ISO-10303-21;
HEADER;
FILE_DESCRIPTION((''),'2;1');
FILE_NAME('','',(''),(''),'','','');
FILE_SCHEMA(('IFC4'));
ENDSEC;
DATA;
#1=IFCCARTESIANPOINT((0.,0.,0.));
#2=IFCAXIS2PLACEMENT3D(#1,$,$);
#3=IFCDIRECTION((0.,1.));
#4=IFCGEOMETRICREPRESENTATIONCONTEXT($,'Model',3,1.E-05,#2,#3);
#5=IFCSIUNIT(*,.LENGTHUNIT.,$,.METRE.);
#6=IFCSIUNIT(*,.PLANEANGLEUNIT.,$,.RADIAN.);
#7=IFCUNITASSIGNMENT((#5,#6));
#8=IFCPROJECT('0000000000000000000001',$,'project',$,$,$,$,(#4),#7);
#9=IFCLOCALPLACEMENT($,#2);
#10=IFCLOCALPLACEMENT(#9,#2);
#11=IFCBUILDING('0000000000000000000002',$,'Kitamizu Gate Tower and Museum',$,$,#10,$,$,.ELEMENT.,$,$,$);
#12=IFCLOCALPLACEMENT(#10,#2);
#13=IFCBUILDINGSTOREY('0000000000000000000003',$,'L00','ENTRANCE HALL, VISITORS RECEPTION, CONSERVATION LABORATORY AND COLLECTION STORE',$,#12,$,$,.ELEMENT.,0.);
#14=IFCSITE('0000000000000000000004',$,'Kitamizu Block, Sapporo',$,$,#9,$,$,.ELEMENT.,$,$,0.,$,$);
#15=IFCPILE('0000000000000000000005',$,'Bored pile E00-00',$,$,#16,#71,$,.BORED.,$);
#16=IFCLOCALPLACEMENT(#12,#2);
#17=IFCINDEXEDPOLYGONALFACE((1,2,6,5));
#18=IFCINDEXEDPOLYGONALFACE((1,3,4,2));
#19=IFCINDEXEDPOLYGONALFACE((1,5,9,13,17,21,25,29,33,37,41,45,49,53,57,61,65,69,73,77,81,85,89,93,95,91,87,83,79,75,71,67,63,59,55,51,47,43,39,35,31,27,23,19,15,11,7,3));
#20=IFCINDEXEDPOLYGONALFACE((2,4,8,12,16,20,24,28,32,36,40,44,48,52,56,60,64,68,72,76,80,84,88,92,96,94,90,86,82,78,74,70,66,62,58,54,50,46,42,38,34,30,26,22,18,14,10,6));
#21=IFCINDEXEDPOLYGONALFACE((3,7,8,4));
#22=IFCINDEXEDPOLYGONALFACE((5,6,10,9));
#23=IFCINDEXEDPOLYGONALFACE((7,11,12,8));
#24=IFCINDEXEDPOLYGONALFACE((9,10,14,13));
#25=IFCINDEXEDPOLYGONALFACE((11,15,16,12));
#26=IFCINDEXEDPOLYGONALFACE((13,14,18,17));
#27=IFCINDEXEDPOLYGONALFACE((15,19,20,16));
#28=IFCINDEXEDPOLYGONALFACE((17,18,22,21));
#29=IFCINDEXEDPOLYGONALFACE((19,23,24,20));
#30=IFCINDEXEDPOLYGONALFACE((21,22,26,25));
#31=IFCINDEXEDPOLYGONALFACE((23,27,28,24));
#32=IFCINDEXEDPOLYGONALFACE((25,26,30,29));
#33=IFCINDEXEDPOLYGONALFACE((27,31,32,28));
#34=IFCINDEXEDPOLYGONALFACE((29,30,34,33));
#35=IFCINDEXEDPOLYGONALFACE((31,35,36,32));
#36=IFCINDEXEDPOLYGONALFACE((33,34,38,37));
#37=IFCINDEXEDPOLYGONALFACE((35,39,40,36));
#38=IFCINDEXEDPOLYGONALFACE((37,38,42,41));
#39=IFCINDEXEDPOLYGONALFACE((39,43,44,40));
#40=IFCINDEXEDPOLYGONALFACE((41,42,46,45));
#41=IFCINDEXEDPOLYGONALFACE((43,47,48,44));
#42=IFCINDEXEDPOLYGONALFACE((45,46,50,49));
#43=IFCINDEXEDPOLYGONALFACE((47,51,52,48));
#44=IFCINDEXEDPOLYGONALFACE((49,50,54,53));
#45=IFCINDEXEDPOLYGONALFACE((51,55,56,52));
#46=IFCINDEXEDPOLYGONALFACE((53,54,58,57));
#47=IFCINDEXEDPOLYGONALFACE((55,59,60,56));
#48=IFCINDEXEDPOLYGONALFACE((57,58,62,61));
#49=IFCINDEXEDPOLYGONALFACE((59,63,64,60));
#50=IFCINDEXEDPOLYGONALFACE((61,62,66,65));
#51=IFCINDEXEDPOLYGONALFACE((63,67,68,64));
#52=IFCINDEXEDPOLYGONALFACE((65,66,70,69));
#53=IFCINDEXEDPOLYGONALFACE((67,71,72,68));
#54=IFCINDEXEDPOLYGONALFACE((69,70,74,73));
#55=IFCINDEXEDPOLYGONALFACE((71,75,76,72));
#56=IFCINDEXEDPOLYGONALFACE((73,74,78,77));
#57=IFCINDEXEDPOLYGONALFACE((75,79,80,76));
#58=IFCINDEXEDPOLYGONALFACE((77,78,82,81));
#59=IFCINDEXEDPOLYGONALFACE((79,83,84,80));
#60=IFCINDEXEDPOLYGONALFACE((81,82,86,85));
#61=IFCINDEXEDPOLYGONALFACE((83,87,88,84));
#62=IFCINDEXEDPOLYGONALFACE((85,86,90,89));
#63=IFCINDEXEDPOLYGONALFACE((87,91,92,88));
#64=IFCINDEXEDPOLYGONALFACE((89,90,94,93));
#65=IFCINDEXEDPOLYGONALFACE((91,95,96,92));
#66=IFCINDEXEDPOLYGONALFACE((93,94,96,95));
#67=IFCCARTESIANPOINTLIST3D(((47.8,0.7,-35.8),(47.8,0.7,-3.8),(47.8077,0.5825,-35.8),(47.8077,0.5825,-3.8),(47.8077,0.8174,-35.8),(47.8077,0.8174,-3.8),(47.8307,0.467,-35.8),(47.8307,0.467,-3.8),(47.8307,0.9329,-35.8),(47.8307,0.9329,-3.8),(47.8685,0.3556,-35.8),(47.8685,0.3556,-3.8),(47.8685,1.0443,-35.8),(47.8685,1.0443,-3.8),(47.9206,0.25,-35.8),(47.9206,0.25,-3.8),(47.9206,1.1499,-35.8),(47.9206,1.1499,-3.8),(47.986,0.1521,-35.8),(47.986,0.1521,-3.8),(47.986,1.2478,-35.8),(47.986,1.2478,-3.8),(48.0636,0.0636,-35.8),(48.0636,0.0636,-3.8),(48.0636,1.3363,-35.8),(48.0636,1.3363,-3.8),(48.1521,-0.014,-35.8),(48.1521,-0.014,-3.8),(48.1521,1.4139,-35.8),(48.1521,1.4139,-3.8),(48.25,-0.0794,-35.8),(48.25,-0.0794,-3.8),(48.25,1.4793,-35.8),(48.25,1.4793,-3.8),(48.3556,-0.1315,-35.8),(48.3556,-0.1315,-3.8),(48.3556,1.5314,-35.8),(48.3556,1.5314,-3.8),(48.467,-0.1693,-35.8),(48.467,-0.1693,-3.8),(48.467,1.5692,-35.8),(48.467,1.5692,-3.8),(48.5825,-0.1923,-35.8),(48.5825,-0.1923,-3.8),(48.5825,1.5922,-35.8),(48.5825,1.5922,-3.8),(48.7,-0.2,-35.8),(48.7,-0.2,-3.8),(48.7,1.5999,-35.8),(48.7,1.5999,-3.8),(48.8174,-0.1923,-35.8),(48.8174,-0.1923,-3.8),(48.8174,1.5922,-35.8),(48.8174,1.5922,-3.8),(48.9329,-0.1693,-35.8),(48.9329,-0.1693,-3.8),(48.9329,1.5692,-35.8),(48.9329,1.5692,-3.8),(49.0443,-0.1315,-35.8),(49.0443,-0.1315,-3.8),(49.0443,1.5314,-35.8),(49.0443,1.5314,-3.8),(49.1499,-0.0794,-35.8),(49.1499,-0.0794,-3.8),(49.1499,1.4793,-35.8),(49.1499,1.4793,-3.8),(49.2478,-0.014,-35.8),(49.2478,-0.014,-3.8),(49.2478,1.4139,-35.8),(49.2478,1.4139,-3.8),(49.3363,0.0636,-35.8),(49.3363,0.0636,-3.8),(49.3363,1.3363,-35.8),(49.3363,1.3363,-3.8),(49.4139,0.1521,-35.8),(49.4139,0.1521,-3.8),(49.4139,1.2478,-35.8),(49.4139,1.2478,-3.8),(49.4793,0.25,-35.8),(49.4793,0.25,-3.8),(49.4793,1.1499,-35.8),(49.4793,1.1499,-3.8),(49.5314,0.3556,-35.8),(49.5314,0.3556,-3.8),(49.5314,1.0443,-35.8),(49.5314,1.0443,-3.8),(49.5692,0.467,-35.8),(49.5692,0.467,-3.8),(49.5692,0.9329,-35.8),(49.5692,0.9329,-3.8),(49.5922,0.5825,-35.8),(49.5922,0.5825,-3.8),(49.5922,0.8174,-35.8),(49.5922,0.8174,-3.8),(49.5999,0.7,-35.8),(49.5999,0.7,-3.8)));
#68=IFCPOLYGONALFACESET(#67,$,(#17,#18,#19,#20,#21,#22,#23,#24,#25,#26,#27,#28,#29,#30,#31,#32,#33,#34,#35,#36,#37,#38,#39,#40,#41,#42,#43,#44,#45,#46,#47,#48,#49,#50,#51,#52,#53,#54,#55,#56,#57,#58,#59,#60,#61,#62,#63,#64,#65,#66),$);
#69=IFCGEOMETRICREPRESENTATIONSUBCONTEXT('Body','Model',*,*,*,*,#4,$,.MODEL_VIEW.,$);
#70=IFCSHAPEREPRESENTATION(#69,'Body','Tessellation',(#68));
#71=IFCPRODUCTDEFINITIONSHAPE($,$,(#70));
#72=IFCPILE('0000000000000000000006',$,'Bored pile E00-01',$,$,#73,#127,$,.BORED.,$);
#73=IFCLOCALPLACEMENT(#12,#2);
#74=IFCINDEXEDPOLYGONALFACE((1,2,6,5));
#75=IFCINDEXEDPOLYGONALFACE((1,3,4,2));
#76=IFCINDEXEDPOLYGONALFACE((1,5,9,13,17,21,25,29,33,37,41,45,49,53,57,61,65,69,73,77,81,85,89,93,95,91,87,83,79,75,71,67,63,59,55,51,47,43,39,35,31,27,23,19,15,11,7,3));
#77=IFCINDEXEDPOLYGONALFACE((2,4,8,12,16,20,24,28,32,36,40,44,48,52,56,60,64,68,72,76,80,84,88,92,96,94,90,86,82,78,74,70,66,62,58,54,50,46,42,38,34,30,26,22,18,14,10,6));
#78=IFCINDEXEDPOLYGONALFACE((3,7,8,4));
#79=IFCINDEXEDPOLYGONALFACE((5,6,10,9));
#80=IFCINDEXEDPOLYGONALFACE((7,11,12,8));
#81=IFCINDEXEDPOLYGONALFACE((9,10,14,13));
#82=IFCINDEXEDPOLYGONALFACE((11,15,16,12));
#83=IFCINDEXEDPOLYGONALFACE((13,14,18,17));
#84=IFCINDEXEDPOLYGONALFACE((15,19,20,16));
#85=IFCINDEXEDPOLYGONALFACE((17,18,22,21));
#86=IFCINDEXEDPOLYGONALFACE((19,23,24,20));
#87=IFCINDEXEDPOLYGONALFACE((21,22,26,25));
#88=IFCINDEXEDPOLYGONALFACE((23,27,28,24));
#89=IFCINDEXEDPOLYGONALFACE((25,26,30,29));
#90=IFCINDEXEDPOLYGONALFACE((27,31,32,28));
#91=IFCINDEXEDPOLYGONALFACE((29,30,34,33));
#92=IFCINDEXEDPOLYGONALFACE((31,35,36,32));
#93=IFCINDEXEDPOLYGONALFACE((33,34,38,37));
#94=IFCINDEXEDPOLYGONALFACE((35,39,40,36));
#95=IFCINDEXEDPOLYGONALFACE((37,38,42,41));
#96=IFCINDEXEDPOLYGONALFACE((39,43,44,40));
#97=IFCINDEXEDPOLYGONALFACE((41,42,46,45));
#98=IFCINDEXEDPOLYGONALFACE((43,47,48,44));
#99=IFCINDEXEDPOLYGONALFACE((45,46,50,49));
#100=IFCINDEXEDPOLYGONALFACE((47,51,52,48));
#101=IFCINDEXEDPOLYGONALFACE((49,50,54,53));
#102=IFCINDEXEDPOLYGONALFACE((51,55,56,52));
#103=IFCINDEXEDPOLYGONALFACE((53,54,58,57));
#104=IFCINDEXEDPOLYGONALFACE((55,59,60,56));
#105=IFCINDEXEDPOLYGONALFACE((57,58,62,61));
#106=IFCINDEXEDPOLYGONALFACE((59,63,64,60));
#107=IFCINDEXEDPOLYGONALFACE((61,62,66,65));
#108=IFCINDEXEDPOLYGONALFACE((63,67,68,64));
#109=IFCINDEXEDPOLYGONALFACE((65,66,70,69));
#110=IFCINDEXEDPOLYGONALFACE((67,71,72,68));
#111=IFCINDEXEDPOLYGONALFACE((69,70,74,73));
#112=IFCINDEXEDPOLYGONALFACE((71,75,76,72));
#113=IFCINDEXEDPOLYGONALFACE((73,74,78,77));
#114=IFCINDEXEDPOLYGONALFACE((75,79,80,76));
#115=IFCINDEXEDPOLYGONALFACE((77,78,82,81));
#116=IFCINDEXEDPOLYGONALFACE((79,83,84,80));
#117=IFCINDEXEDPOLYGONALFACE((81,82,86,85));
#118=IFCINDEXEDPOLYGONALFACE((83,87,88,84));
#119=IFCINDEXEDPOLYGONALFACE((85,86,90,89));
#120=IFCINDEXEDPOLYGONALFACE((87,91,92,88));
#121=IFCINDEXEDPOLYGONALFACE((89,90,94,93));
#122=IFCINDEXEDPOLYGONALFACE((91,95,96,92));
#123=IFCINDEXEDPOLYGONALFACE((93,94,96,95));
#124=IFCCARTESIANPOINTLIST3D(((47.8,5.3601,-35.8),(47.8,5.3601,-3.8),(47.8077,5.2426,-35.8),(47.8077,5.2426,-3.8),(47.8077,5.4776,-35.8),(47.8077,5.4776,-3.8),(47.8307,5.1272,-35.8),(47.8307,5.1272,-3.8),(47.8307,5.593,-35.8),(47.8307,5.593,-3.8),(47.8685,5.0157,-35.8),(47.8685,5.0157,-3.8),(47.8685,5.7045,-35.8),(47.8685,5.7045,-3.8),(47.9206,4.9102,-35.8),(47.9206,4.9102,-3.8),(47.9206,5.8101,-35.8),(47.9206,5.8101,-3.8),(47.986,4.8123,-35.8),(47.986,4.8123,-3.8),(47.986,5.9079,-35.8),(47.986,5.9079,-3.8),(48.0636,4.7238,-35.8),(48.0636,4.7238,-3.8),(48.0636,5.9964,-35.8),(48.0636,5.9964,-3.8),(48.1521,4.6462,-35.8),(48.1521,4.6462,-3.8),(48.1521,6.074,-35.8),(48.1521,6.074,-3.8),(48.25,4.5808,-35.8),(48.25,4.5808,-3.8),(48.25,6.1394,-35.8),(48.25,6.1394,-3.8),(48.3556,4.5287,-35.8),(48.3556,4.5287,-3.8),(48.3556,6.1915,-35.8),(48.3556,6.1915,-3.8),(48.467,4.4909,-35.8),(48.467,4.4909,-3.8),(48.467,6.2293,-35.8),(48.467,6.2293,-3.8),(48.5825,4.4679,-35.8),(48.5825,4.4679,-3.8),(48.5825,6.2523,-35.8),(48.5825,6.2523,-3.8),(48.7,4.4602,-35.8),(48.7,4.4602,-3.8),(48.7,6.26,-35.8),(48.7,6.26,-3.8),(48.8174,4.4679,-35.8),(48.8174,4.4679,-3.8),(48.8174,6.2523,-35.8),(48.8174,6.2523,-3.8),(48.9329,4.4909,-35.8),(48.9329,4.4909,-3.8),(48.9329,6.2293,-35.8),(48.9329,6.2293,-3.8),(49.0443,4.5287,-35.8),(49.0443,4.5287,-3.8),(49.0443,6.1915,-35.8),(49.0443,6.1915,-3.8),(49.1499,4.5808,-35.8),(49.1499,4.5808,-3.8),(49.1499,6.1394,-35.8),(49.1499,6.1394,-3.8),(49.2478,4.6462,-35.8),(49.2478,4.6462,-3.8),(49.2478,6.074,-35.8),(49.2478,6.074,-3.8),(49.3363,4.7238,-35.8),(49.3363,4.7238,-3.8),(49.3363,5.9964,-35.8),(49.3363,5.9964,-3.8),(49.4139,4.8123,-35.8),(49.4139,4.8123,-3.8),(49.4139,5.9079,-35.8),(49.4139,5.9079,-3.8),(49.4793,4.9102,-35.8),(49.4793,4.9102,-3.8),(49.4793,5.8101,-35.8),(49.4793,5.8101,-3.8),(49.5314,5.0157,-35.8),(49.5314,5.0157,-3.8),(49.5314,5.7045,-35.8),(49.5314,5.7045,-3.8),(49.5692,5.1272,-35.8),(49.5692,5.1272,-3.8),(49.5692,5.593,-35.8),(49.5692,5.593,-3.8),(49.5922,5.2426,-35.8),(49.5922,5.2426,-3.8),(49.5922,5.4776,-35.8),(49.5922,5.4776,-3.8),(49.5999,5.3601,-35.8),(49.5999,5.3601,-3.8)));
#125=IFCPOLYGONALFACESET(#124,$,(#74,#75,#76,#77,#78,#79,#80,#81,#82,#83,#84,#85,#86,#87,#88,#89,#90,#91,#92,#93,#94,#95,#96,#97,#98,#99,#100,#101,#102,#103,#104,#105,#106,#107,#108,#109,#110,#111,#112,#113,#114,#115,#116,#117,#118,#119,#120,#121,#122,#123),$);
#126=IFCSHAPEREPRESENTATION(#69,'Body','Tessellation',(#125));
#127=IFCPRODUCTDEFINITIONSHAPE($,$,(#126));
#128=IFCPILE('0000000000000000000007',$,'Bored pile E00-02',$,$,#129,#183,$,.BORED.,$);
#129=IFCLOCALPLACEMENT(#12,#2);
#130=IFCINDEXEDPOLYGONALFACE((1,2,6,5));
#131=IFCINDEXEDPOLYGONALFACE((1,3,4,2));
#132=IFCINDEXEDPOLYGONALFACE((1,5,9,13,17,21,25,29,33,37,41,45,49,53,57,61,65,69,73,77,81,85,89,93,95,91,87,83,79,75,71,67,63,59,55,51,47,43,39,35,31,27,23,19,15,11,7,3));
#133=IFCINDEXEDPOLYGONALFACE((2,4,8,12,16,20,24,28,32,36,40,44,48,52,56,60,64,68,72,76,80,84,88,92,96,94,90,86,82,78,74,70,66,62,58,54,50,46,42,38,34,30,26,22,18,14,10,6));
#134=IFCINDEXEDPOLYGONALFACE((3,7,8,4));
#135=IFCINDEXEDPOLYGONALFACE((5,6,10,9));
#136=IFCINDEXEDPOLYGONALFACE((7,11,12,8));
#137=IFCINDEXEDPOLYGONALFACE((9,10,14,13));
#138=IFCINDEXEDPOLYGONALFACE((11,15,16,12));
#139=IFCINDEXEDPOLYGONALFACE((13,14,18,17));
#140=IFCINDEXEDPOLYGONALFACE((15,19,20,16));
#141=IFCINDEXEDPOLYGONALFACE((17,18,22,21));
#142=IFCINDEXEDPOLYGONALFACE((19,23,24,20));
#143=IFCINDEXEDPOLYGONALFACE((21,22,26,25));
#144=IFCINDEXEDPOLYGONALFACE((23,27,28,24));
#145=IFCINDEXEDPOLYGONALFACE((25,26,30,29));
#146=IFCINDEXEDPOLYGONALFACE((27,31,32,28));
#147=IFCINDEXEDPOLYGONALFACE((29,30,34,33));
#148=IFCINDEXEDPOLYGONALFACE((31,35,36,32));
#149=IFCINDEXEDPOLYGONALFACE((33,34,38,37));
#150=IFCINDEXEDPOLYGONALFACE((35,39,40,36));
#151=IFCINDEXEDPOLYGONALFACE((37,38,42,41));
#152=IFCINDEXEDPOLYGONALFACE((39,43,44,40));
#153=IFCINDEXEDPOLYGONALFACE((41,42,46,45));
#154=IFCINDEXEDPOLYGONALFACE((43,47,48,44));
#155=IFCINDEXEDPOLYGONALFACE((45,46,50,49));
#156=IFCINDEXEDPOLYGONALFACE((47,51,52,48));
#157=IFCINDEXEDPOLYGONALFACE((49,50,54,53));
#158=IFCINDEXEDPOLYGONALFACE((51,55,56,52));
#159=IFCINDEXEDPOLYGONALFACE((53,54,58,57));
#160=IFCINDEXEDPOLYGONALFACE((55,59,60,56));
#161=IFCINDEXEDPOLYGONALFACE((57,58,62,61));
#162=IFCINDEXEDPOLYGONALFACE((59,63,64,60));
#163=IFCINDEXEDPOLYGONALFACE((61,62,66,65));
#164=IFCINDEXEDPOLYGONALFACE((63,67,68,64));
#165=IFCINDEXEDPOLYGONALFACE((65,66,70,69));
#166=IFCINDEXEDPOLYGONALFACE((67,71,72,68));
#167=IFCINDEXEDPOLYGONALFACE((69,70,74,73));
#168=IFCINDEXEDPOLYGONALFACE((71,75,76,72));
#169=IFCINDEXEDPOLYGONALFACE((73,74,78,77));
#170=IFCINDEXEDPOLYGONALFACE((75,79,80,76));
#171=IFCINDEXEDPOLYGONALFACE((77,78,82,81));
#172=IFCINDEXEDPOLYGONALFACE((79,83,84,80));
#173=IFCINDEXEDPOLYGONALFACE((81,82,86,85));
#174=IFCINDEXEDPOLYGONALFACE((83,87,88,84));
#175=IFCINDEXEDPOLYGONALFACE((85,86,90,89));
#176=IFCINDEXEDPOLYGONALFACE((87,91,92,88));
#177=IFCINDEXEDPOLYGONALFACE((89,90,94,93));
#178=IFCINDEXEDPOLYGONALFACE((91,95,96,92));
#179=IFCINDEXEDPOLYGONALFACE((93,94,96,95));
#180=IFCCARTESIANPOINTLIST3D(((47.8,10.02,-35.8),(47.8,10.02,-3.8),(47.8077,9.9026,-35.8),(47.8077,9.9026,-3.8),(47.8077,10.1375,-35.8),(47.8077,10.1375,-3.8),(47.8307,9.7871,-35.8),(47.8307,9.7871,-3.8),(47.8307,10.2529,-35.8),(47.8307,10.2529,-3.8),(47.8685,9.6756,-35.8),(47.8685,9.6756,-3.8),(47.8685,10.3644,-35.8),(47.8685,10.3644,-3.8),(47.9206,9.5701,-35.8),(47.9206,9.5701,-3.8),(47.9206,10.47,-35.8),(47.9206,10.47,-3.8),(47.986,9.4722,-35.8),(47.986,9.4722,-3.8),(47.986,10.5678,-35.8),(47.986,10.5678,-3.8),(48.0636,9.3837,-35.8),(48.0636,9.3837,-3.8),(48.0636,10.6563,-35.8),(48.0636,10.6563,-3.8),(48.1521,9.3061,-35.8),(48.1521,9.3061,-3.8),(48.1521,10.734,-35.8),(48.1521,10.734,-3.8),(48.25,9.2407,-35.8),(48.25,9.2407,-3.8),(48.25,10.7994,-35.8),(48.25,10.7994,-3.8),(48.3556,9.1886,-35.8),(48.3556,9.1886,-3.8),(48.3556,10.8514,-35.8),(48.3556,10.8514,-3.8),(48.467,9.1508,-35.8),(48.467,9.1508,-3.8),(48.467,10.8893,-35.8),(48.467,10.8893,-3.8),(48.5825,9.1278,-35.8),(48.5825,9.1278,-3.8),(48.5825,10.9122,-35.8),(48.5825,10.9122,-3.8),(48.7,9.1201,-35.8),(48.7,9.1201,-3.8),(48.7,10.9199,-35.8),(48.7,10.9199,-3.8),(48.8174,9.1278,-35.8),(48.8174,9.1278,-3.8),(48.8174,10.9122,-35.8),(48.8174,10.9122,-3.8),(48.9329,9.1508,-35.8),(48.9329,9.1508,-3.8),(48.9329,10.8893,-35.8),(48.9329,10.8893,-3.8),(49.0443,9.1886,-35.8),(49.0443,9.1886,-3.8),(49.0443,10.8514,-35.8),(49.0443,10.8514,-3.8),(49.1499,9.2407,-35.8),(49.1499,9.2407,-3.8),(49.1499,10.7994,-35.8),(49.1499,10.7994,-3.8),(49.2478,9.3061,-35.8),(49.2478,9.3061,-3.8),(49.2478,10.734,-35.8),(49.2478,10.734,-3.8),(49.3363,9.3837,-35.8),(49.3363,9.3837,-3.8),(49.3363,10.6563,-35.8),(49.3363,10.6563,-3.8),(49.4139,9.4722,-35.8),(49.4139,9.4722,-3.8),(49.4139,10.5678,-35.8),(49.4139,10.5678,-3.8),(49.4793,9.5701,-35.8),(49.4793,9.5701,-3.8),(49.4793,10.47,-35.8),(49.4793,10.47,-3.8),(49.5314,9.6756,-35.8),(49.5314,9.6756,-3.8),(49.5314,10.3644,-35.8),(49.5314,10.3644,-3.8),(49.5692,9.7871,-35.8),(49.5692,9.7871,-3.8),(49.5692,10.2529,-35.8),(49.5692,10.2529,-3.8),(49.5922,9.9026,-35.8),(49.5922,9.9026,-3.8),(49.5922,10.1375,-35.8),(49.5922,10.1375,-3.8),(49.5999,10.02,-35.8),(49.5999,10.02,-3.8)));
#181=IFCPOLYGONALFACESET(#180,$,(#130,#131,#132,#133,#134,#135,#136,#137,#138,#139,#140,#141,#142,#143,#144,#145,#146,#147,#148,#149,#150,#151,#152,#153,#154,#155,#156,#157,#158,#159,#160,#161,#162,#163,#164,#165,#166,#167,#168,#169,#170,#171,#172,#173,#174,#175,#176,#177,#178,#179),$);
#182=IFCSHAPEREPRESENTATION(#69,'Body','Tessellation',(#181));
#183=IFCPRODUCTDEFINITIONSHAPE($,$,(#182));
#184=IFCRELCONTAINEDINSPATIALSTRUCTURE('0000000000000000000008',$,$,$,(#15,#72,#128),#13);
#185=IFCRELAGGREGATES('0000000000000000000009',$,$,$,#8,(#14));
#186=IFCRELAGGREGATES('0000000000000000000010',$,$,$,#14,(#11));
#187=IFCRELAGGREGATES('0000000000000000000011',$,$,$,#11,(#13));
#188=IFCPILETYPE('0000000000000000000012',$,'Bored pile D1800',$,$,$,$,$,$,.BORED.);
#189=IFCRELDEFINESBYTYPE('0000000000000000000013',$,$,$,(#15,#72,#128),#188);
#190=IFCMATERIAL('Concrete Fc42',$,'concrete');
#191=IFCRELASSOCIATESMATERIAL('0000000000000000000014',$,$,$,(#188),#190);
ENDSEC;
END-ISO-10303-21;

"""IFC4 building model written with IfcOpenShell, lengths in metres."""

from ifc_helpers import new_model, si_unit, direction, frame, origin, origin_2d, place, context, subcontext, project, spatial, circle, extrude, material, material_profile, profile_set, type_object, element, save


model = new_model("IFC4")

# Units and contexts
model_context = context("Model", 3, precision=1e-05, world=origin(), true_north=direction((0.0, 1.0)))
body_context = subcontext(model_context, "Body", "Model", "MODEL_VIEW")
ifc_project = project(units=[si_unit("LENGTHUNIT", "METRE"), si_unit("PLANEANGLEUNIT", "RADIAN")], contexts=[model_context])

# Site, building, storey
site_placement = place(None, origin())
site = spatial("IfcSite", under=ifc_project, at=site_placement, Name="Kitamizu Block, Sapporo", CompositionType="ELEMENT", RefElevation=0.0)
building_placement = place(site_placement, origin())
building = spatial("IfcBuilding", under=site, at=building_placement, Name="Kitamizu Gate Tower and Museum", CompositionType="ELEMENT")
storey_placement = place(building_placement, origin())
storey = spatial("IfcBuildingStorey", under=building, at=storey_placement, Name="L00", Description="ENTRANCE HALL, VISITORS RECEPTION, CONSERVATION LABORATORY AND COLLECTION STORE", CompositionType="ELEMENT", Elevation=0.0)

# Piles
ifc_material_1 = material(Name="Concrete Fc42", Category="concrete")
ifc_material_profile_1 = material_profile(ifc_material_1, circle(Radius=0.8999, at=origin_2d()), Name="Bored pile D1800")
ifc_profile_set_1 = profile_set([ifc_material_profile_1], Name="Concrete Fc42")
pile_type = type_object("IfcPileType", Name="Bored pile D1800", PredefinedType="BORED", material=ifc_profile_set_1)
for number, where, z_axis, x_axis, name in (
    (1, (48.7, 0.7, -3.8), (0.0, 0.0, -1.0), (1.0, 0.0, 0.0), "Bored pile E00-00"),
    (2, (48.7, 5.3601, -3.8), (0.0, 0.0, -1.0), (1.0, 0.0, 0.0), "Bored pile E00-01"),
    (3, (48.7, 10.02, -3.8), (0.0, 0.0, -1.0), (1.0, 0.0, 0.0), "Bored pile E00-02"),
):
    element("IfcPile", number, at=place(storey_placement, frame(where, z_axis=z_axis, x_axis=x_axis)), inside=storey, type_object=pile_type, Name=name, PredefinedType="BORED", context=body_context, shape_type="SweptSolid", body=[
        extrude(circle(Radius=0.8999, at=origin_2d()), origin(), (0.0, 0.0, 1.0), 32.0),
    ])

save(model, "model.ifc")
